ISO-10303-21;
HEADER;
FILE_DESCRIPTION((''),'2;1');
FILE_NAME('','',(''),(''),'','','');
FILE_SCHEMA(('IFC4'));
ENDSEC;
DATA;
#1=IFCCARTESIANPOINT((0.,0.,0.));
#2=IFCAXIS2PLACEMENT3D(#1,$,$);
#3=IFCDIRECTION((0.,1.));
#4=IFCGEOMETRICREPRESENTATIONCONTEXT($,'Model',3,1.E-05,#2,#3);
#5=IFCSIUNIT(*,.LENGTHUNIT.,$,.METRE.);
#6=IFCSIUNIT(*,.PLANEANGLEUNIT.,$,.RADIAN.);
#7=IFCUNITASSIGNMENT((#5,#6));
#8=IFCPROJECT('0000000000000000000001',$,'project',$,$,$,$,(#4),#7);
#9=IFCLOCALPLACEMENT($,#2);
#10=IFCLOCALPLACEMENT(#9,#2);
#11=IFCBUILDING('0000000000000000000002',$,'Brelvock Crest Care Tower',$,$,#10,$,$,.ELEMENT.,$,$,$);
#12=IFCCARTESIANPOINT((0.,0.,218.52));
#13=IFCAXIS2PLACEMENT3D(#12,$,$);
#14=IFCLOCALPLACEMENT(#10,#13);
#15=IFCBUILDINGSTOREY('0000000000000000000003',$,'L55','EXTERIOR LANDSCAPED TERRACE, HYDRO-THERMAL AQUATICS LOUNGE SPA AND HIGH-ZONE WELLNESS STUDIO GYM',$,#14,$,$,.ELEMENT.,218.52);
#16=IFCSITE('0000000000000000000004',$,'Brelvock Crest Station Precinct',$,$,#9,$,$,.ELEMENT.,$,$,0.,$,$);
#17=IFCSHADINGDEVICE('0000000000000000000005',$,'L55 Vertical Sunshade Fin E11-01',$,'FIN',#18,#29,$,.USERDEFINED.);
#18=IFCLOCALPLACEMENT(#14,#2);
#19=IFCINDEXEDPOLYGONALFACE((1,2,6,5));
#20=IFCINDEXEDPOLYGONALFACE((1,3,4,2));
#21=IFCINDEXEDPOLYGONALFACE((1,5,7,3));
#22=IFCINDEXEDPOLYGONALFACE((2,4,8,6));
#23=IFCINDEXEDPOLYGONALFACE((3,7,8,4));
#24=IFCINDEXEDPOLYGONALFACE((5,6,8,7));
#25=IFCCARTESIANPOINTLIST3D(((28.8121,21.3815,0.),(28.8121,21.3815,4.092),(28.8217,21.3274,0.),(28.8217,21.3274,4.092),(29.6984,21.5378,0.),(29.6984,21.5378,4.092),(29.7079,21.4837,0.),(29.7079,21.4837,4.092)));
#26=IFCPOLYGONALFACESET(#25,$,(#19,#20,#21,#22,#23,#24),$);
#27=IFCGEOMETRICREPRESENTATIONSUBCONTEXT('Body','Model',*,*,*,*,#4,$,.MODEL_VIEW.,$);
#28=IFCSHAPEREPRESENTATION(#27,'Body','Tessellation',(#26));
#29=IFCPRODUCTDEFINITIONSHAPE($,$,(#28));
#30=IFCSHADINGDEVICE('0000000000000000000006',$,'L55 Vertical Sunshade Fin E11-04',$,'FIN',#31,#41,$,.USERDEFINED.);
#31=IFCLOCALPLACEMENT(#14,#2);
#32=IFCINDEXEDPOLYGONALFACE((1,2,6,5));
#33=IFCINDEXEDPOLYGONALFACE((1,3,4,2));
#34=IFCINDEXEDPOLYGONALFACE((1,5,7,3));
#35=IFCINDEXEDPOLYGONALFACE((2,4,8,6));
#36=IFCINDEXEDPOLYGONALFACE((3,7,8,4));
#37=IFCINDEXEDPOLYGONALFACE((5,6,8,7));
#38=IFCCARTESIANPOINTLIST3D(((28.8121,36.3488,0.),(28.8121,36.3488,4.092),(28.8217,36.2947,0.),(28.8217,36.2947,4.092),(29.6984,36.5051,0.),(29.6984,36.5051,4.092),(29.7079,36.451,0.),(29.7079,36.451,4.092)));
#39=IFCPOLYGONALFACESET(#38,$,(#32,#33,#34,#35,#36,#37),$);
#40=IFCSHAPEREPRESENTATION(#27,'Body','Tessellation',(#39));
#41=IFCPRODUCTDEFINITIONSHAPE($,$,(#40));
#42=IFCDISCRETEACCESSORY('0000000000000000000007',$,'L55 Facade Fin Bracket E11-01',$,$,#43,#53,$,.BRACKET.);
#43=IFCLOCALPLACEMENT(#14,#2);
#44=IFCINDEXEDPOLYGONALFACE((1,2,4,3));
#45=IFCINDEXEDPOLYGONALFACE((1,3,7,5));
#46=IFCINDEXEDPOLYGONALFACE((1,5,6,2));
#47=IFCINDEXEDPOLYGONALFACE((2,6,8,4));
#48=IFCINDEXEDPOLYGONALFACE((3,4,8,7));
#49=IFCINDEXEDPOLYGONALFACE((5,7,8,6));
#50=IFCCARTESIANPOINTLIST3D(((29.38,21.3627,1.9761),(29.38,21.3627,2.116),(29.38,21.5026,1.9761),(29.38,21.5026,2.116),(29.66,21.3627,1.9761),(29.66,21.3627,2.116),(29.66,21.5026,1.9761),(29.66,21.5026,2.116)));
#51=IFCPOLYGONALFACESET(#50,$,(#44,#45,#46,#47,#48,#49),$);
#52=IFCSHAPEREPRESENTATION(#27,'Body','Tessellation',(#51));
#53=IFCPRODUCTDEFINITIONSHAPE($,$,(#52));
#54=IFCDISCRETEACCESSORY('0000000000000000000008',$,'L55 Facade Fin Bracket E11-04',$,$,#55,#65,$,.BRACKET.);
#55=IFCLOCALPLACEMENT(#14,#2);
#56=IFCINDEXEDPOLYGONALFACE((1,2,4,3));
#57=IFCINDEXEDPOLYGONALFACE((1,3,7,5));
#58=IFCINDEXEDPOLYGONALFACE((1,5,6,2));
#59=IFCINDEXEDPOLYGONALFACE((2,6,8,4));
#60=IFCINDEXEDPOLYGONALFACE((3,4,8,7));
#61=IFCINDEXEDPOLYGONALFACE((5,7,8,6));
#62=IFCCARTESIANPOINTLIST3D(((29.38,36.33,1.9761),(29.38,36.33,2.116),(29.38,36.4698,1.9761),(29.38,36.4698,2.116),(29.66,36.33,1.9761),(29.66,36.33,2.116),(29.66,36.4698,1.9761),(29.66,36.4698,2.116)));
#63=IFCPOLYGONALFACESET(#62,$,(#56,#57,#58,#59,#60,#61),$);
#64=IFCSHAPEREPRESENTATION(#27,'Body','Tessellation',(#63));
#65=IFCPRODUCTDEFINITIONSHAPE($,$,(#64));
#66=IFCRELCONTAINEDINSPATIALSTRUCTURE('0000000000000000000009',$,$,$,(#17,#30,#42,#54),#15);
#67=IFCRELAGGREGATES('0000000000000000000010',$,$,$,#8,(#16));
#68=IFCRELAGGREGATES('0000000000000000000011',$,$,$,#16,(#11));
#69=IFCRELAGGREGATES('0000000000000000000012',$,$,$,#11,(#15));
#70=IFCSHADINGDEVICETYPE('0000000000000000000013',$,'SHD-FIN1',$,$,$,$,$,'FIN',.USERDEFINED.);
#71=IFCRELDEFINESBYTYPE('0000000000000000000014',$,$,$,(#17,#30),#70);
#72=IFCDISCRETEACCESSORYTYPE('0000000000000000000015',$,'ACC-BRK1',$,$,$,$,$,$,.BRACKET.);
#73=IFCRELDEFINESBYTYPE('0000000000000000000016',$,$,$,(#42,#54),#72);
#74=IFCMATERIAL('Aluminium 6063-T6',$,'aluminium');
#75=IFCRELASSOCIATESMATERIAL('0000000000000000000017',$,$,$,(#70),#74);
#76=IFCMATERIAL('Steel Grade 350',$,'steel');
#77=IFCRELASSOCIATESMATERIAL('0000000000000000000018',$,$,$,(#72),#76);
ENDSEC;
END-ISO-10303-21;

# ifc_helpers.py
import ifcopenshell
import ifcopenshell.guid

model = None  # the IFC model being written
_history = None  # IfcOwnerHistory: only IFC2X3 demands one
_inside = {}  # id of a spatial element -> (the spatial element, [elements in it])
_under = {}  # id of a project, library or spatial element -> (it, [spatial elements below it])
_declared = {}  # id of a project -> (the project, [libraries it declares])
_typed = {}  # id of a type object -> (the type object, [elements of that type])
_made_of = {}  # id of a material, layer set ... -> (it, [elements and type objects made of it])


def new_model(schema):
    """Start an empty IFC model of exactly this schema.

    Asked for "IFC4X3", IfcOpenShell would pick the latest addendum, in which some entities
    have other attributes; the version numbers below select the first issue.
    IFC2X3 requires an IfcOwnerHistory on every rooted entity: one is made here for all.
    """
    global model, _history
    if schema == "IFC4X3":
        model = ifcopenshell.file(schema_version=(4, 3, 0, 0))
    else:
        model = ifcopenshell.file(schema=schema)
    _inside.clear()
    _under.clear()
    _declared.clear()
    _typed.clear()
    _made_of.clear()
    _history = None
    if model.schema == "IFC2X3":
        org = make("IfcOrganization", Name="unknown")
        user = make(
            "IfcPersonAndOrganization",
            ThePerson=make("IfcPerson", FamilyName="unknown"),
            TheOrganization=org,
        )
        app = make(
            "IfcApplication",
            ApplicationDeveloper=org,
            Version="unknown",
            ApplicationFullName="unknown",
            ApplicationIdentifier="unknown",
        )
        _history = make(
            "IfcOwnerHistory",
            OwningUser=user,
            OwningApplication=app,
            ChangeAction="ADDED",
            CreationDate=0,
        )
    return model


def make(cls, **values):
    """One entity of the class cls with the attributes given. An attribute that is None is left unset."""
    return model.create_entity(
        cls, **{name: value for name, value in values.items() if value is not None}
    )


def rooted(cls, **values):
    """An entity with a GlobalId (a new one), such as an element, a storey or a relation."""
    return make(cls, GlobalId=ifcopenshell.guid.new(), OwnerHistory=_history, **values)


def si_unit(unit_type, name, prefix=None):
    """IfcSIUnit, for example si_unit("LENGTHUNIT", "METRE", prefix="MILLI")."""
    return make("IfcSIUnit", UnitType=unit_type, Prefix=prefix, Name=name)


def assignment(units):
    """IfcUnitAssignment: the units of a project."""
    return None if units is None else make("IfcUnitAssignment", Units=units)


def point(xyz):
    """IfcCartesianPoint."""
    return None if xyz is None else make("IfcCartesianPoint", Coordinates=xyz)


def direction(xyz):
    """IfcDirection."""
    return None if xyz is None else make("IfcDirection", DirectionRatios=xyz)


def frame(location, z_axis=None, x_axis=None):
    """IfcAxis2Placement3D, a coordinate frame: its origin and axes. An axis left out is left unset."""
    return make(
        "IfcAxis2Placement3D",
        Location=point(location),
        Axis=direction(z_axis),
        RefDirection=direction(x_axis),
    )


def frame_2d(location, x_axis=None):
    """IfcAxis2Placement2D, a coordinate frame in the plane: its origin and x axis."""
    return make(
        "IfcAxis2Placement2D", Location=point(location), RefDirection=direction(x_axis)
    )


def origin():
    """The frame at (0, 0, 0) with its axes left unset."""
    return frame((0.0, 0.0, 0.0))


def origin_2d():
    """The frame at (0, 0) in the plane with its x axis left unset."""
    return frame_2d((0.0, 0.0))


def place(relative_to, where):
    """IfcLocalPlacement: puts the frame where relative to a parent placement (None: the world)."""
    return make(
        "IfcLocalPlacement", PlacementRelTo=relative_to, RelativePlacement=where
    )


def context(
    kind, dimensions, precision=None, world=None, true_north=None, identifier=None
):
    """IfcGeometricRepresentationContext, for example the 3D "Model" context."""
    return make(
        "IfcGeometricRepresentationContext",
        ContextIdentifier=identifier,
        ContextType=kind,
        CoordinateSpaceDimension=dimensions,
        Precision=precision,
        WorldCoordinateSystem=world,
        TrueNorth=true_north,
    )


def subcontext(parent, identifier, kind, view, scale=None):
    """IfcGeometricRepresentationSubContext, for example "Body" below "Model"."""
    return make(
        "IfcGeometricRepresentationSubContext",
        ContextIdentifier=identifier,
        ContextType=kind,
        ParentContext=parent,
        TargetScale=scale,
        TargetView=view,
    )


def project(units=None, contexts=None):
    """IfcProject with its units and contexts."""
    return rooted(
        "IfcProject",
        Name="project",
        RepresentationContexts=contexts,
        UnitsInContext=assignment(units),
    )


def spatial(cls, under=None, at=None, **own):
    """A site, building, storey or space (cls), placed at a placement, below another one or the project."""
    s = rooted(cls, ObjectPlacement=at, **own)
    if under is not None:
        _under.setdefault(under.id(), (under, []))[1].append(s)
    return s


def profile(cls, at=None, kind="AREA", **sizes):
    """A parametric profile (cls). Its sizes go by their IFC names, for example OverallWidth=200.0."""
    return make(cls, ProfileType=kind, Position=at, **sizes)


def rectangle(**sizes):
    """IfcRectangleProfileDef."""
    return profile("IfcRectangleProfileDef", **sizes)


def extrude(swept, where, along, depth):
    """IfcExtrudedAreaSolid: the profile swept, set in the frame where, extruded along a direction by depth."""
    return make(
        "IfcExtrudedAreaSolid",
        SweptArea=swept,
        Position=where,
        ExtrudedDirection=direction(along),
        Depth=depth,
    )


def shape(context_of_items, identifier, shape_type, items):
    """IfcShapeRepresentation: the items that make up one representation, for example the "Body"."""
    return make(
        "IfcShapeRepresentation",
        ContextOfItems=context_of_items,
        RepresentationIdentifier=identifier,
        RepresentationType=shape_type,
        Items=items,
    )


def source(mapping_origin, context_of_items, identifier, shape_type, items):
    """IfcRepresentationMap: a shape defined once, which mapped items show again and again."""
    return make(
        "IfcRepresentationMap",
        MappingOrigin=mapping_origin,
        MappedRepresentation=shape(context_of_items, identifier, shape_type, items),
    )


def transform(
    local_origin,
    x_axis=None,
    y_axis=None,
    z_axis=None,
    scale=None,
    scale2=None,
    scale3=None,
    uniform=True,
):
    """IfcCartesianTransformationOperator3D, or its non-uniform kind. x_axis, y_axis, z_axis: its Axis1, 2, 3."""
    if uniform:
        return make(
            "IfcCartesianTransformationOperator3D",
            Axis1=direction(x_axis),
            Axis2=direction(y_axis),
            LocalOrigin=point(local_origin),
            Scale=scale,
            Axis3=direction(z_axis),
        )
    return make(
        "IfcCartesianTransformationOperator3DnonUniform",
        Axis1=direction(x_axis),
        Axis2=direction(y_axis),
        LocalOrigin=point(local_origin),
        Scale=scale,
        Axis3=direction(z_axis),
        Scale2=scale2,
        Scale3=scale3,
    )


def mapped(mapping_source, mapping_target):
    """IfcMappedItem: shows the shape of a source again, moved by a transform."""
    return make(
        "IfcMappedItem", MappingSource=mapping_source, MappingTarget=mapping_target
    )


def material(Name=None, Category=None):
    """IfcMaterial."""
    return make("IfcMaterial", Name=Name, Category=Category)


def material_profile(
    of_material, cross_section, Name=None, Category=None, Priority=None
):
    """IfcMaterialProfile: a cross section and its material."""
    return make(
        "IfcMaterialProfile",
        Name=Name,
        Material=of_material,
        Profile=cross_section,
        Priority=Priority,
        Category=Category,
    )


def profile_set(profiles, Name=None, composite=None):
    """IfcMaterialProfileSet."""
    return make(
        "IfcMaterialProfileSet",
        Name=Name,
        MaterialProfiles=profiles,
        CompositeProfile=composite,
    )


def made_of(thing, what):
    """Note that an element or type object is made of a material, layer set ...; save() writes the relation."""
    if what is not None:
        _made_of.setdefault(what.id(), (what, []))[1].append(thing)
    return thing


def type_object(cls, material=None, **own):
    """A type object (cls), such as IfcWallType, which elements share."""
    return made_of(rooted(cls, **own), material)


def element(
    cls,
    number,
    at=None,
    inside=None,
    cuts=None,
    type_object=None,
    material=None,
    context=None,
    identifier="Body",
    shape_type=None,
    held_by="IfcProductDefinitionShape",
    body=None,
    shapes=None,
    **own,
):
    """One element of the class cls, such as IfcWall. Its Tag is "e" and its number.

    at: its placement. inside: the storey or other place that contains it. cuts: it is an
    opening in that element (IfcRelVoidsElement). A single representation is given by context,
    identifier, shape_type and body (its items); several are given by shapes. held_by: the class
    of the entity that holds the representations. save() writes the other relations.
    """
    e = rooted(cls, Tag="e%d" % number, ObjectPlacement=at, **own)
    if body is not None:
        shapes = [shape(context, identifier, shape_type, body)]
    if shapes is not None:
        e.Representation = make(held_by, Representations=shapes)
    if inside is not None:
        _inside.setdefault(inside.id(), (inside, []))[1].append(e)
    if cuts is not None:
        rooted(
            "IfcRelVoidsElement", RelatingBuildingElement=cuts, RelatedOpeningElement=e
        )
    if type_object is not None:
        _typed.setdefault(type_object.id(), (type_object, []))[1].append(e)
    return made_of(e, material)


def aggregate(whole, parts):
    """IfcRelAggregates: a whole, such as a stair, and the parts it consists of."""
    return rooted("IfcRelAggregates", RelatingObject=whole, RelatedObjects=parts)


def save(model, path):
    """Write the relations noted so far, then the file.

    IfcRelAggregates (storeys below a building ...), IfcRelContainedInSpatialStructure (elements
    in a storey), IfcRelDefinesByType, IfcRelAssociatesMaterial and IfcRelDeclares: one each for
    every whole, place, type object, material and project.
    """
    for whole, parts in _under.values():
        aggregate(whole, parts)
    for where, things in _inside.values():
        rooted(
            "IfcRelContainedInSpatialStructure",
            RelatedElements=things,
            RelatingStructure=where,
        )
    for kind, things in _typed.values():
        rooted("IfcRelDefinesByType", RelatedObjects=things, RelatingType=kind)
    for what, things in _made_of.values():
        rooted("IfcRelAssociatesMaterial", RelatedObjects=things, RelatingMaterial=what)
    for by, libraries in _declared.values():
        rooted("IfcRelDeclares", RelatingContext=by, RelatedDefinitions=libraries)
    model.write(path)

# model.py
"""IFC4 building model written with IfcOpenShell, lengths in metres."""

from ifc_helpers import new_model, si_unit, direction, frame, origin, origin_2d, place, context, subcontext, project, spatial, rectangle, extrude, source, transform, mapped, material, material_profile, profile_set, type_object, element, save


model = new_model("IFC4")

# Units and contexts
model_context = context("Model", 3, precision=1e-05, world=origin(), true_north=direction((0.0, 1.0)))
body_context = subcontext(model_context, "Body", "Model", "MODEL_VIEW")
ifc_project = project(units=[si_unit("LENGTHUNIT", "METRE"), si_unit("PLANEANGLEUNIT", "RADIAN")], contexts=[model_context])

# Site, building, storey
site_placement = place(None, origin())
site = spatial("IfcSite", under=ifc_project, at=site_placement, Name="Brelvock Crest Station Precinct", CompositionType="ELEMENT", RefElevation=0.0)
building_placement = place(site_placement, origin())
building = spatial("IfcBuilding", under=site, at=building_placement, Name="Brelvock Crest Care Tower", CompositionType="ELEMENT")
storey_placement = place(building_placement, frame((0.0, 0.0, 218.52)))
storey = spatial("IfcBuildingStorey", under=building, at=storey_placement, Name="L55", Description="EXTERIOR LANDSCAPED TERRACE, HYDRO-THERMAL AQUATICS LOUNGE SPA AND HIGH-ZONE WELLNESS STUDIO GYM", CompositionType="ELEMENT", Elevation=218.52)

# Shared definitions
ifc_material_1 = material(Name="Aluminium 6063-T6", Category="aluminium")

# Shading devices
ifc_material_profile_1 = material_profile(ifc_material_1, rectangle(XDim=0.0549, YDim=0.8999, at=origin_2d()), Name="FIN55x900")
ifc_profile_set_1 = profile_set([ifc_material_profile_1], Name="Aluminium 6063-T6")
shading_device_type = type_object("IfcShadingDeviceType", Name="SHD-FIN1", ElementType="FIN", PredefinedType="USERDEFINED", material=ifc_profile_set_1)
shared_shape_1 = source(origin(), body_context, "Body", "SweptSolid", [
    extrude(rectangle(XDim=0.0549, YDim=0.8999, at=origin_2d()), origin(), (0.0, 0.0, 1.0), 4.092),
])
for number, where, z_axis, x_axis, name in (
    (1, (29.26, 21.4326, 0.0), (0.0, 0.0, 1.0), (-0.173648, 0.984808, 0.0), "L55 Vertical Sunshade Fin E11-01"),
    (2, (29.26, 36.3999, 0.0), (0.0, 0.0, 1.0), (-0.173648, 0.984808, 0.0), "L55 Vertical Sunshade Fin E11-04"),
):
    element("IfcShadingDevice", number, at=place(storey_placement, frame(where, z_axis=z_axis, x_axis=x_axis)), inside=storey, type_object=shading_device_type, Name=name, ObjectType="FIN", PredefinedType="USERDEFINED", context=body_context, shape_type="MappedRepresentation", body=[
        mapped(shared_shape_1, transform((0.0, 0.0, 0.0), x_axis=(1.0, 0.0, 0.0), y_axis=(0.0, 1.0, 0.0), z_axis=(0.0, 0.0, 1.0), scale=1.0)),
    ])

# Discrete accessories
ifc_material_2 = material(Name="Steel Grade 350", Category="steel")
discrete_accessory_type = type_object("IfcDiscreteAccessoryType", Name="ACC-BRK1", PredefinedType="BRACKET", material=ifc_material_2)
shared_shape_2 = source(origin(), body_context, "Body", "SweptSolid", [
    extrude(rectangle(XDim=0.28, YDim=0.1399, at=origin_2d()), origin(), (0.0, 0.0, 1.0), 0.1399),
])
for number, where, z_axis, x_axis, name in (
    (3, (29.52, 21.4326, 1.9761), (0.0, 0.0, 1.0), (-1.0, 0.0, 0.0), "L55 Facade Fin Bracket E11-01"),
    (4, (29.52, 36.3999, 1.9761), (0.0, 0.0, 1.0), (-1.0, 0.0, 0.0), "L55 Facade Fin Bracket E11-04"),
):
    element("IfcDiscreteAccessory", number, at=place(storey_placement, frame(where, z_axis=z_axis, x_axis=x_axis)), inside=storey, type_object=discrete_accessory_type, Name=name, PredefinedType="BRACKET", context=body_context, shape_type="MappedRepresentation", body=[
        mapped(shared_shape_2, transform((0.0, 0.0, 0.0), x_axis=(1.0, 0.0, 0.0), y_axis=(0.0, 1.0, 0.0), z_axis=(0.0, 0.0, 1.0), scale=1.0)),
    ])

save(model, "model.ifc")
